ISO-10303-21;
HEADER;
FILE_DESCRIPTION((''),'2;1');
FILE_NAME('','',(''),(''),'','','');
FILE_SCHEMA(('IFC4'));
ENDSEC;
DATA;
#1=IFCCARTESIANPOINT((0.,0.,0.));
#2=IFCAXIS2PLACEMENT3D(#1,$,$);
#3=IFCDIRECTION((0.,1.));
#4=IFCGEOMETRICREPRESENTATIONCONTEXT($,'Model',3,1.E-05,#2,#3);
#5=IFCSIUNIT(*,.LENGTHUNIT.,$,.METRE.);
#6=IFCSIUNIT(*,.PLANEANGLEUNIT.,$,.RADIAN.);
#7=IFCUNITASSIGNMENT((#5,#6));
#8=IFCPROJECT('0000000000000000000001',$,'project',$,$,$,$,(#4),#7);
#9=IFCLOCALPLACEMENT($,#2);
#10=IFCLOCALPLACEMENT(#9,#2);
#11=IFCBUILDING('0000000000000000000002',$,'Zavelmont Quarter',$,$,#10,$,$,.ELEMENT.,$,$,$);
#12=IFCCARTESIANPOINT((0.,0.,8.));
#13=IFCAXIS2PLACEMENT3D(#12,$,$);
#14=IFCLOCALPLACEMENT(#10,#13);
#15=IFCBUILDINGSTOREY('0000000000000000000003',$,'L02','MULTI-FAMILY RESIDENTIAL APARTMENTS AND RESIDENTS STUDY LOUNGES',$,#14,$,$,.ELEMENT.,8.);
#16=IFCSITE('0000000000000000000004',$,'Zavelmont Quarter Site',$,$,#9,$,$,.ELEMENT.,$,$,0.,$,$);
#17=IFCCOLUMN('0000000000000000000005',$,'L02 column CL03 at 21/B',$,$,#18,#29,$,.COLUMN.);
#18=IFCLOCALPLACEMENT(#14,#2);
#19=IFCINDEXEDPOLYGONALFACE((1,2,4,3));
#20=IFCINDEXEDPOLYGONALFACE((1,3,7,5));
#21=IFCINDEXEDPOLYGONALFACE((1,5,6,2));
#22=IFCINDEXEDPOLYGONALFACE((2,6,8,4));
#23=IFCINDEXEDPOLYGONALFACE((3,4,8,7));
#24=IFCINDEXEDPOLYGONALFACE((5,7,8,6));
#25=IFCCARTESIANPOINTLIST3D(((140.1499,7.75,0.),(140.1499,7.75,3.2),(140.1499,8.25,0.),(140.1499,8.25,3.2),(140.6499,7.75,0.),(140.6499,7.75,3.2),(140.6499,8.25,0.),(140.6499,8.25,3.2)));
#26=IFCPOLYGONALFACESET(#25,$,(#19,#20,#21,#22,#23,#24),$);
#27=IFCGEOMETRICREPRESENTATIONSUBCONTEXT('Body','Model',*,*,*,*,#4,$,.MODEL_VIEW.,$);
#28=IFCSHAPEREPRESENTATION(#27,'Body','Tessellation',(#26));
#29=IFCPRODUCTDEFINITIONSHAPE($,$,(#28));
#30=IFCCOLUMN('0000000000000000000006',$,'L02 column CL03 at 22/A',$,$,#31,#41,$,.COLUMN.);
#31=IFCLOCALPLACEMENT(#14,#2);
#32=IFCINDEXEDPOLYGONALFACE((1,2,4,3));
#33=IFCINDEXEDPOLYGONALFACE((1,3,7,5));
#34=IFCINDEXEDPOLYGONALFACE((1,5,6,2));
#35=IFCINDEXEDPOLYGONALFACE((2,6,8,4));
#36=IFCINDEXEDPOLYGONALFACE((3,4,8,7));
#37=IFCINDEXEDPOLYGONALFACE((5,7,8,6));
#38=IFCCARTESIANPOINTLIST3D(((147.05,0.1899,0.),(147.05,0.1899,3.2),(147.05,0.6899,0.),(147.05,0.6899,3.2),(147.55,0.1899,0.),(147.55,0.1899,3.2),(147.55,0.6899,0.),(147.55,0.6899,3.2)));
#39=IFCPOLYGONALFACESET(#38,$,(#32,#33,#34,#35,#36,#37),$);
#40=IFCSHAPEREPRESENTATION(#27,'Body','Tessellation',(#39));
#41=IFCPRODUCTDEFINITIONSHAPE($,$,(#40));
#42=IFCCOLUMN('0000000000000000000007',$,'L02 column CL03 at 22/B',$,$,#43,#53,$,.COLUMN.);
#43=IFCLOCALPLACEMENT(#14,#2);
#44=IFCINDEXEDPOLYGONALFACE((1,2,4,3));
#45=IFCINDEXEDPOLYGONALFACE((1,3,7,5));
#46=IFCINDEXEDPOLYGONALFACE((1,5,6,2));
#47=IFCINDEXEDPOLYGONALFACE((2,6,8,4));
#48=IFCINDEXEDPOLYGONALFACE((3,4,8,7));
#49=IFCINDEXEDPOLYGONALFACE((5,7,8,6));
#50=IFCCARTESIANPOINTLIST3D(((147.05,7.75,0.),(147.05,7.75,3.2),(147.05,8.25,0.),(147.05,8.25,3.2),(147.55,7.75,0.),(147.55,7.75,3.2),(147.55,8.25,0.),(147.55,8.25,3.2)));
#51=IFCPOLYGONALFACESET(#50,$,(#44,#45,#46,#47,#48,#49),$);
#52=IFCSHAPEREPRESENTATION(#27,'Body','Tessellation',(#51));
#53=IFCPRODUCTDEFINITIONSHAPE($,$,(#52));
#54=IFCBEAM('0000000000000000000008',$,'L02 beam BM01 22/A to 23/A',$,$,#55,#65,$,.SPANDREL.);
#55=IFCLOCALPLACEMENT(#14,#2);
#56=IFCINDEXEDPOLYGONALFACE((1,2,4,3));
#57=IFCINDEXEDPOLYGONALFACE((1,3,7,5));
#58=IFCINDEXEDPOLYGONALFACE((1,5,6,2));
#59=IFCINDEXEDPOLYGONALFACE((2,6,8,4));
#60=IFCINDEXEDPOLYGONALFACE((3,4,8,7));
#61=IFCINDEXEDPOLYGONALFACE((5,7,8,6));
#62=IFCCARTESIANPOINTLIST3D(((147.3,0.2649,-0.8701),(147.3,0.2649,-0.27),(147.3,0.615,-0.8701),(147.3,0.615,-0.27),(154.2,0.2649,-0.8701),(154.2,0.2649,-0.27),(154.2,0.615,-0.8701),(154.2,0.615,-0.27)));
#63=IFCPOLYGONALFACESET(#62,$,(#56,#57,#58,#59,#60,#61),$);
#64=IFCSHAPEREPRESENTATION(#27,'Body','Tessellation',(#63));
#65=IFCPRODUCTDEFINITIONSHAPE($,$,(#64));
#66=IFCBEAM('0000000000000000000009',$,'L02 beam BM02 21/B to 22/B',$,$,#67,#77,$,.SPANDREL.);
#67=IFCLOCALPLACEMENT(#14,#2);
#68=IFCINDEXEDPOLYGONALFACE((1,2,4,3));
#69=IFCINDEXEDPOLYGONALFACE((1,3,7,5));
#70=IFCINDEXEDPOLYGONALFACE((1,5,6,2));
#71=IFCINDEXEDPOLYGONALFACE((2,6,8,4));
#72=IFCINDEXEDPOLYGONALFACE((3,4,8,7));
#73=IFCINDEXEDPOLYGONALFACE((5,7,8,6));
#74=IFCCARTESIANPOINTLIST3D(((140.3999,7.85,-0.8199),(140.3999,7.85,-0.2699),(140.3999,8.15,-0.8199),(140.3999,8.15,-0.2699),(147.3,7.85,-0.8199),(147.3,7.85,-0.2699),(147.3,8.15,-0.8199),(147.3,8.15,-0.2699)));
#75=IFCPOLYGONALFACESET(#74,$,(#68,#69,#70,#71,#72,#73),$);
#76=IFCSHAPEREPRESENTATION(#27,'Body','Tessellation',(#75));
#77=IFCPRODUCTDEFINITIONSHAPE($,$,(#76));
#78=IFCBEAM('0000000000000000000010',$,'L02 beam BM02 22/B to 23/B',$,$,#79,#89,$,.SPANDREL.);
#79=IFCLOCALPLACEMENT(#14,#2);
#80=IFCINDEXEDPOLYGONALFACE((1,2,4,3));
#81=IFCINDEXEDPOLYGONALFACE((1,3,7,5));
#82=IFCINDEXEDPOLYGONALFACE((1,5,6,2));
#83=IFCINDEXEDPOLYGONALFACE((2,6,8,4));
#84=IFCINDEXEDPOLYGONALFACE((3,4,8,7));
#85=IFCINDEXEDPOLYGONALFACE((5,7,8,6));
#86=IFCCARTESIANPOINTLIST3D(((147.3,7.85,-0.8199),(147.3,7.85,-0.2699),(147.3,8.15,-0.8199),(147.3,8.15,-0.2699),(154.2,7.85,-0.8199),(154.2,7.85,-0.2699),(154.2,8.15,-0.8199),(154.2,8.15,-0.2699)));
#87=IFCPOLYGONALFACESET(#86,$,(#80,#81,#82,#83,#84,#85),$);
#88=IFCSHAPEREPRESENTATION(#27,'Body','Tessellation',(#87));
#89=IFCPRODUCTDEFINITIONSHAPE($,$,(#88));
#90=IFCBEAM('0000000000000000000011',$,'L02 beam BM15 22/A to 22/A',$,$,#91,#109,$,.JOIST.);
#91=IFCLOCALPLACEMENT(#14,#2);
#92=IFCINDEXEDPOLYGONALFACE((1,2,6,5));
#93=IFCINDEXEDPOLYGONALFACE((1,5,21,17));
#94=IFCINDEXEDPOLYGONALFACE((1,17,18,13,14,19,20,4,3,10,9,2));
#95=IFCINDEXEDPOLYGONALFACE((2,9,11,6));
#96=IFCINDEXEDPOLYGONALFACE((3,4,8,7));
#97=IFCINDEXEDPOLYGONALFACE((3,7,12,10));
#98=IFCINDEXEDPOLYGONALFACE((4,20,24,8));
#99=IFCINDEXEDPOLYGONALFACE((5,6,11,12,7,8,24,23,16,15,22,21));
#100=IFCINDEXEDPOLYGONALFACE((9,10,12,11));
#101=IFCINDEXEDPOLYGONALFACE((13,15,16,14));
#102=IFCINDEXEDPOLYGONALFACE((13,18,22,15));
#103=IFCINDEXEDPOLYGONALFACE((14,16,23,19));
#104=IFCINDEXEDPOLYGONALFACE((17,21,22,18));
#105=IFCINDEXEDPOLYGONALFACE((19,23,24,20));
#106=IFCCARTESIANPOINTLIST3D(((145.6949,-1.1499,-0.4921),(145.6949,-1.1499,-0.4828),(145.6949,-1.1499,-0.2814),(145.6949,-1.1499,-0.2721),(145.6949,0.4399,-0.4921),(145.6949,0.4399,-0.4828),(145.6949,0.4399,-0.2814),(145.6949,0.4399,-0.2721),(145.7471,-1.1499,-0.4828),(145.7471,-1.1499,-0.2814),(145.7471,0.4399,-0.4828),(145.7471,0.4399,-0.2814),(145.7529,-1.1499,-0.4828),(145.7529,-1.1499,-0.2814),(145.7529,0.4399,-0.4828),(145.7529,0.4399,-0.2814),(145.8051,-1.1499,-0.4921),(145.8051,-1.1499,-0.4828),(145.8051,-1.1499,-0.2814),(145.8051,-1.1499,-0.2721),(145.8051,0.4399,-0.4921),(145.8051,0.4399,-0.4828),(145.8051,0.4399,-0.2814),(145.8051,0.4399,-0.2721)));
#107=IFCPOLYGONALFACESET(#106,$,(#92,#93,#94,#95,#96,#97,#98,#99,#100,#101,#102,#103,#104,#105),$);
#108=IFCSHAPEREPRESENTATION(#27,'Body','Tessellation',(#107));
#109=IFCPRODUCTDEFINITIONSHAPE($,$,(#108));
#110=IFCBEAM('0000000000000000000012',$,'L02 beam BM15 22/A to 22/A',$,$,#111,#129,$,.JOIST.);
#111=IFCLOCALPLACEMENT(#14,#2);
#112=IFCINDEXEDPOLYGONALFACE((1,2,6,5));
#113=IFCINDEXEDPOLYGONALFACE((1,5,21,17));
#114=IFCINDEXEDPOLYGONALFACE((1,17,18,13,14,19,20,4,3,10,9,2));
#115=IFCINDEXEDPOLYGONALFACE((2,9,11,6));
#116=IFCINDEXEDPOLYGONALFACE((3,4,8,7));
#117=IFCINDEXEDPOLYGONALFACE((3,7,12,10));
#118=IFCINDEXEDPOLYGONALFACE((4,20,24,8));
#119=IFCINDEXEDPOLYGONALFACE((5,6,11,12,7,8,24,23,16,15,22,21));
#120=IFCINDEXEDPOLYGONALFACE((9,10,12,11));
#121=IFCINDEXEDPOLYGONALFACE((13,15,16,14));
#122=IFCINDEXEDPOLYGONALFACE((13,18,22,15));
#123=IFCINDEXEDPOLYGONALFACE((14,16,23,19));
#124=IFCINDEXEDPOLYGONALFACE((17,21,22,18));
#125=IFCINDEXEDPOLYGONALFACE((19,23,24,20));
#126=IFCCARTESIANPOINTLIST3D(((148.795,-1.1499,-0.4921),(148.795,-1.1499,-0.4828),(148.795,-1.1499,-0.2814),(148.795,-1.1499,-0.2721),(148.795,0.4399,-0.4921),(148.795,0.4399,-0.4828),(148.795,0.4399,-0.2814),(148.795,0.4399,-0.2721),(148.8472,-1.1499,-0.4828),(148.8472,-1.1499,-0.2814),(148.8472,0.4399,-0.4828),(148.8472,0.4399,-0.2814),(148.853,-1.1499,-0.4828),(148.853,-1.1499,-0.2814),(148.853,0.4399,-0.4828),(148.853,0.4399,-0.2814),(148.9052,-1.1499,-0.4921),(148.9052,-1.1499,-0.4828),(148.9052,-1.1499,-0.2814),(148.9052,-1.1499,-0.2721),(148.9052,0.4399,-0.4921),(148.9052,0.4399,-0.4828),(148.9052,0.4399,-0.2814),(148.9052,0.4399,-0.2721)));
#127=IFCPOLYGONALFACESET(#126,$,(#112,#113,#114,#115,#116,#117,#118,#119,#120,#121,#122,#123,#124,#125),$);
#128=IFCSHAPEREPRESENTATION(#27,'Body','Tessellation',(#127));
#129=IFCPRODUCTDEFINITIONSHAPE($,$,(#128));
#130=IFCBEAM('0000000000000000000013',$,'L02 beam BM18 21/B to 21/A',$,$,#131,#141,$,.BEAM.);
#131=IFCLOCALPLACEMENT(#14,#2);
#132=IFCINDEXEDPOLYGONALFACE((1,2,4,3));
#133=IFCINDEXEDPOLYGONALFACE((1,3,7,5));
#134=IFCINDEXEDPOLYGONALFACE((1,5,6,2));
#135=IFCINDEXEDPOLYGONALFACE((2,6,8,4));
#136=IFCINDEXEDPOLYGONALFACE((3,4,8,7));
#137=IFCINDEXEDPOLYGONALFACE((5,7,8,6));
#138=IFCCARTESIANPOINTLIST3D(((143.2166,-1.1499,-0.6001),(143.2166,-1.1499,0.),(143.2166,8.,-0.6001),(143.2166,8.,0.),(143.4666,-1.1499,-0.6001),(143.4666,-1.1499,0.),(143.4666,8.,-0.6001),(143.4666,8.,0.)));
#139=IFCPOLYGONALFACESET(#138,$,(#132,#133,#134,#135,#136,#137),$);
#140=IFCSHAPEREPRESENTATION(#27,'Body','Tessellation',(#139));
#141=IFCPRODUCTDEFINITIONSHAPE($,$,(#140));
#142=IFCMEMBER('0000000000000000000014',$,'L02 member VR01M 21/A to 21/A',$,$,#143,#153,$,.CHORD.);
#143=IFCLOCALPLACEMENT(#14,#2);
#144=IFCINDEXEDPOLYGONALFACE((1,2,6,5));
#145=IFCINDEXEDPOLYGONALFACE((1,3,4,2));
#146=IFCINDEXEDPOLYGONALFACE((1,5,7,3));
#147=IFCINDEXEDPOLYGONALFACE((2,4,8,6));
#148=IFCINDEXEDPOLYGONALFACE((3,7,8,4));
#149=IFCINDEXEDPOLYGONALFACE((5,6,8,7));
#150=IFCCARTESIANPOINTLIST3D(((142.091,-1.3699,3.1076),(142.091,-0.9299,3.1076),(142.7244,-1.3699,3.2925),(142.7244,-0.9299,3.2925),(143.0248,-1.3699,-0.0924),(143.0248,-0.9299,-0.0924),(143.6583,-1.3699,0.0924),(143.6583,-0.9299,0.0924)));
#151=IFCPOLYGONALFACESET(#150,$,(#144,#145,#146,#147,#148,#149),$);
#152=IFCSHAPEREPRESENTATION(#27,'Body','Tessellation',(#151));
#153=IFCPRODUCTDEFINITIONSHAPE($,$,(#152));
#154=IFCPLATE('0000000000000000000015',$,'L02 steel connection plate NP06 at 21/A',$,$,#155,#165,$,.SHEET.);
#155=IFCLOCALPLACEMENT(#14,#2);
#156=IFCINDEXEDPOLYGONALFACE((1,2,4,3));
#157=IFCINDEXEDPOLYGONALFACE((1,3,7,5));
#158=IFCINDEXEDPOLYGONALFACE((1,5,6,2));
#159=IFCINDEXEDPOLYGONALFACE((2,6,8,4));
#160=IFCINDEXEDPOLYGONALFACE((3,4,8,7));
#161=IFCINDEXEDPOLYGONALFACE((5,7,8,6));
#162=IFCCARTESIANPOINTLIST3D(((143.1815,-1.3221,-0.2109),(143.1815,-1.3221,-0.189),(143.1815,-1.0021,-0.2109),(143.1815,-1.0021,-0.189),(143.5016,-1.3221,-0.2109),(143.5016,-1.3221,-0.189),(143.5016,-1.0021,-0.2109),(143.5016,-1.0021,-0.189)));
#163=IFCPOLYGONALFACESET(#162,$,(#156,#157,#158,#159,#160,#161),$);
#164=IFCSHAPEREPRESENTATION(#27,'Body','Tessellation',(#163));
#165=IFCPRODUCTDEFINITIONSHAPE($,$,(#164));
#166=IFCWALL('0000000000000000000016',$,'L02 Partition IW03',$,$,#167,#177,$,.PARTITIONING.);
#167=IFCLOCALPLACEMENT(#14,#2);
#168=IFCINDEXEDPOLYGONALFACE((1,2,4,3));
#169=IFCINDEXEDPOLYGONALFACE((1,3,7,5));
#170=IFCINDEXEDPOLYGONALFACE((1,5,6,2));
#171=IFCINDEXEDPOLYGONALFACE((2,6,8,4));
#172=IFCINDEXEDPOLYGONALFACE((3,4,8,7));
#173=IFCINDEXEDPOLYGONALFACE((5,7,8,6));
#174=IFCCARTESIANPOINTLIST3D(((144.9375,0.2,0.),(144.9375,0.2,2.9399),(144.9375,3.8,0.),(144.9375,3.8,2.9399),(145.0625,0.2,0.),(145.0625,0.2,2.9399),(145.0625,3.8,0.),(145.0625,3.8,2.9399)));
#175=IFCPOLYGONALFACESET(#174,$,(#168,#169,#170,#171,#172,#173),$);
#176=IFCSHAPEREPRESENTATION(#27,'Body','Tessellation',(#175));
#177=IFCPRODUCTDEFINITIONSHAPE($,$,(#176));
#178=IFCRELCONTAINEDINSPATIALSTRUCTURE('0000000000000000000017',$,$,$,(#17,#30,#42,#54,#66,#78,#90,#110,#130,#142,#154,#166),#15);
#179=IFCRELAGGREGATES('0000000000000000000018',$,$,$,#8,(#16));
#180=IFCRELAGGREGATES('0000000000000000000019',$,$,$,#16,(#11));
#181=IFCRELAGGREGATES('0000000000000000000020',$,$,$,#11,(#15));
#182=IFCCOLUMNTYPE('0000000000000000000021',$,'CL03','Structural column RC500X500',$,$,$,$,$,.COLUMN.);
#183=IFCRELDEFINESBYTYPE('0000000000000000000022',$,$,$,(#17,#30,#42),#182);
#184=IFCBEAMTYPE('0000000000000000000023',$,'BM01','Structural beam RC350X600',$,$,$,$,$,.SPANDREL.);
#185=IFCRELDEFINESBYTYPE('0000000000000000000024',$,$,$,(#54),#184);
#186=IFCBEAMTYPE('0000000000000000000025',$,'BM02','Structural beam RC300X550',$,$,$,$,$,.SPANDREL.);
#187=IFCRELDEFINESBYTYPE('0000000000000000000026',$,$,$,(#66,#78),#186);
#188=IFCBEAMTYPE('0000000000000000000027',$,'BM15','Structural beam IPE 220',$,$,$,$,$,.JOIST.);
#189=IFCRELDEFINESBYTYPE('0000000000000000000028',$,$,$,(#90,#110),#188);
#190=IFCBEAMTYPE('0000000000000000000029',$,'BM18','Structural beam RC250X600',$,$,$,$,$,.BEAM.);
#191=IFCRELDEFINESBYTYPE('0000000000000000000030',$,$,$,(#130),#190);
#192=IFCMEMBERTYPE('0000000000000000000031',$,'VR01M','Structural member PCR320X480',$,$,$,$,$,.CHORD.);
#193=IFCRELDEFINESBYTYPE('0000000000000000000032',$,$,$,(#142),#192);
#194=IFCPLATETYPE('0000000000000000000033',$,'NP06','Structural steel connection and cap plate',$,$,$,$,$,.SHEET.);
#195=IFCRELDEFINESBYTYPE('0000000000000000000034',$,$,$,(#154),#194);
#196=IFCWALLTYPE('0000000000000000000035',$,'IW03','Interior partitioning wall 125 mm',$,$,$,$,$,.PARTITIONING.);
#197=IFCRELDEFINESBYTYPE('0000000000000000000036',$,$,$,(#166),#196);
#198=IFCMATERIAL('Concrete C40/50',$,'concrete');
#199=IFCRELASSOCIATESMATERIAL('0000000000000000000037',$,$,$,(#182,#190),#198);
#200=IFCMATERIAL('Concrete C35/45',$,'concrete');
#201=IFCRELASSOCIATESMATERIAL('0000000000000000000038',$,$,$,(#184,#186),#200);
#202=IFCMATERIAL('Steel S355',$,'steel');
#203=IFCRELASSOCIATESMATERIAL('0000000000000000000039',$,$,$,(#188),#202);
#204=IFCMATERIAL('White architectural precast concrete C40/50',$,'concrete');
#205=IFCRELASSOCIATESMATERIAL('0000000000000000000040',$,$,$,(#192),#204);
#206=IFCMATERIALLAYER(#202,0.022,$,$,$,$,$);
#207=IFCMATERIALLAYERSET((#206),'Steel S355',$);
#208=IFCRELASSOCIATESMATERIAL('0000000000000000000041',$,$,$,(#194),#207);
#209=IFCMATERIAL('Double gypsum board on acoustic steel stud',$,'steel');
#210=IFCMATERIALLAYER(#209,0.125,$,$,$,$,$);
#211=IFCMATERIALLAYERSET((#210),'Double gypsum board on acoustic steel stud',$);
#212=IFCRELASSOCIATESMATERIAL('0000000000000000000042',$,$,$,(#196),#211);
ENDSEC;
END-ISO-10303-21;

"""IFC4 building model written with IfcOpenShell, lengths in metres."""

from ifc_helpers import new_model, si_unit, direction, frame, frame_2d, origin, origin_2d, place, context, subcontext, project, spatial, rectangle, i_section, extrude, material, layer, layer_set, material_profile, profile_set, type_object, element, save


model = new_model("IFC4")

# Units and contexts
model_context = context("Model", 3, precision=1e-05, world=origin(), true_north=direction((0.0, 1.0)))
body_context = subcontext(model_context, "Body", "Model", "MODEL_VIEW")
ifc_project = project(units=[si_unit("LENGTHUNIT", "METRE"), si_unit("PLANEANGLEUNIT", "RADIAN")], contexts=[model_context])

# Site, building, storey
site_placement = place(None, origin())
site = spatial("IfcSite", under=ifc_project, at=site_placement, Name="Zavelmont Quarter Site", CompositionType="ELEMENT", RefElevation=0.0)
building_placement = place(site_placement, origin())
building = spatial("IfcBuilding", under=site, at=building_placement, Name="Zavelmont Quarter", CompositionType="ELEMENT")
storey_placement = place(building_placement, frame((0.0, 0.0, 8.0)))
storey = spatial("IfcBuildingStorey", under=building, at=storey_placement, Name="L02", Description="MULTI-FAMILY RESIDENTIAL APARTMENTS AND RESIDENTS STUDY LOUNGES", CompositionType="ELEMENT", Elevation=8.0)

# Columns
ifc_material_1 = material(Name="Concrete C40/50", Category="concrete")
ifc_material_profile_1 = material_profile(ifc_material_1, rectangle(XDim=0.5, YDim=0.5, at=origin_2d()), Name="RC500X500")
ifc_profile_set_1 = profile_set([ifc_material_profile_1], Name="Concrete C40/50")
column_type = type_object("IfcColumnType", Name="CL03", Description="Structural column RC500X500", PredefinedType="COLUMN", material=ifc_profile_set_1)
for number, where, z_axis, x_axis, name in (
    (1, (140.3999, 8.0, 0.0), (0.0, 0.0, 1.0), (1.0, 0.0, 0.0), "L02 column CL03 at 21/B"),
    (2, (147.3, 0.4399, 0.0), (0.0, 0.0, 1.0), (1.0, 0.0, 0.0), "L02 column CL03 at 22/A"),
    (3, (147.3, 8.0, 0.0), (0.0, 0.0, 1.0), (1.0, 0.0, 0.0), "L02 column CL03 at 22/B"),
):
    element("IfcColumn", number, at=place(storey_placement, frame(where, z_axis=z_axis, x_axis=x_axis)), inside=storey, type_object=column_type, Name=name, PredefinedType="COLUMN", context=body_context, shape_type="SweptSolid", body=[
        extrude(rectangle(XDim=0.5, YDim=0.5, at=origin_2d()), origin(), (0.0, 0.0, 1.0), 3.2),
    ])

# Beams
ifc_material_2 = material(Name="Concrete C35/45", Category="concrete")
ifc_material_profile_2 = material_profile(ifc_material_2, rectangle(XDim=0.3501, YDim=0.6001, at=origin_2d()), Name="RC350X600")
ifc_profile_set_2 = profile_set([ifc_material_profile_2], Name="Concrete C35/45")
beam_type_1 = type_object("IfcBeamType", Name="BM01", Description="Structural beam RC350X600", PredefinedType="SPANDREL", material=ifc_profile_set_2)
beam_1_placement = place(storey_placement, frame((147.3, 0.4399, -0.5701), z_axis=(1.0, 0.0, 0.0), x_axis=(0.0, 1.0, 0.0)))
element("IfcBeam", 4, at=beam_1_placement, inside=storey, type_object=beam_type_1, Name="L02 beam BM01 22/A to 23/A", PredefinedType="SPANDREL", context=body_context, shape_type="SweptSolid", body=[
    extrude(rectangle(XDim=0.3501, YDim=0.6001, at=origin_2d()), origin(), (0.0, 0.0, 1.0), 6.8999),
])
ifc_material_profile_3 = material_profile(ifc_material_2, rectangle(XDim=0.3, YDim=0.55, at=origin_2d()), Name="RC300X550")
ifc_profile_set_3 = profile_set([ifc_material_profile_3], Name="Concrete C35/45")
beam_type_2 = type_object("IfcBeamType", Name="BM02", Description="Structural beam RC300X550", PredefinedType="SPANDREL", material=ifc_profile_set_3)
beam_2_placement = place(storey_placement, frame((140.3999, 8.0, -0.5449), z_axis=(1.0, 0.0, 0.0), x_axis=(0.0, 1.0, 0.0)))
element("IfcBeam", 5, at=beam_2_placement, inside=storey, type_object=beam_type_2, Name="L02 beam BM02 21/B to 22/B", PredefinedType="SPANDREL", context=body_context, shape_type="SweptSolid", body=[
    extrude(rectangle(XDim=0.3, YDim=0.55, at=origin_2d()), origin(), (0.0, 0.0, 1.0), 6.9001),
])
beam_3_placement = place(storey_placement, frame((147.3, 8.0, -0.5449), z_axis=(1.0, 0.0, 0.0), x_axis=(0.0, 1.0, 0.0)))
element("IfcBeam", 6, at=beam_3_placement, inside=storey, type_object=beam_type_2, Name="L02 beam BM02 22/B to 23/B", PredefinedType="SPANDREL", context=body_context, shape_type="SweptSolid", body=[
    extrude(rectangle(XDim=0.3, YDim=0.55, at=origin_2d()), origin(), (0.0, 0.0, 1.0), 6.8999),
])
ifc_material_3 = material(Name="Steel S355", Category="steel")
ifc_material_profile_4 = material_profile(ifc_material_3, i_section(OverallWidth=0.1101, OverallDepth=0.22, WebThickness=0.0059, FlangeThickness=0.0093, at=origin_2d()), Name="IPE 220")
ifc_profile_set_4 = profile_set([ifc_material_profile_4], Name="Steel S355")
beam_type_3 = type_object("IfcBeamType", Name="BM15", Description="Structural beam IPE 220", PredefinedType="JOIST", material=ifc_profile_set_4)
for number, where, z_axis, x_axis, name in (
    (7, (145.75, 0.4399, -0.3821), (0.0, -1.0, 0.0), (1.0, 0.0, 0.0), "L02 beam BM15 22/A to 22/A"),
    (8, (148.8501, 0.4399, -0.3821), (0.0, -1.0, 0.0), (1.0, 0.0, 0.0), "L02 beam BM15 22/A to 22/A"),
):
    element("IfcBeam", number, at=place(storey_placement, frame(where, z_axis=z_axis, x_axis=x_axis)), inside=storey, type_object=beam_type_3, Name=name, PredefinedType="JOIST", context=body_context, shape_type="SweptSolid", body=[
        extrude(i_section(OverallWidth=0.1101, OverallDepth=0.22, WebThickness=0.0059, FlangeThickness=0.0093, at=origin_2d()), origin(), (0.0, 0.0, 1.0), 1.5898),
    ])
ifc_material_profile_5 = material_profile(ifc_material_1, rectangle(XDim=0.25, YDim=0.6001, at=origin_2d()), Name="RC250X600")
ifc_profile_set_5 = profile_set([ifc_material_profile_5], Name="Concrete C40/50")
beam_type_4 = type_object("IfcBeamType", Name="BM18", Description="Structural beam RC250X600", PredefinedType="BEAM", material=ifc_profile_set_5)
beam_4_placement = place(storey_placement, frame((143.3416, 8.0, -0.3), z_axis=(0.0, -1.0, 0.0), x_axis=(1.0, 0.0, 0.0)))
element("IfcBeam", 9, at=beam_4_placement, inside=storey, type_object=beam_type_4, Name="L02 beam BM18 21/B to 21/A", PredefinedType="BEAM", context=body_context, shape_type="SweptSolid", body=[
    extrude(rectangle(XDim=0.25, YDim=0.6001, at=origin_2d()), origin(), (0.0, 0.0, 1.0), 9.1499),
])

# Member
ifc_material_4 = material(Name="White architectural precast concrete C40/50", Category="concrete")
ifc_material_profile_6 = material_profile(ifc_material_4, rectangle(XDim=0.4399, YDim=0.6599, at=origin_2d()), Name="PCR320X480")
ifc_profile_set_6 = profile_set([ifc_material_profile_6], Name="White architectural precast concrete C40/50")
member_type = type_object("IfcMemberType", Name="VR01M", Description="Structural member PCR320X480", PredefinedType="CHORD", material=ifc_profile_set_6)
member_placement = place(storey_placement, frame((143.3416, -1.1499, 0.0), z_axis=(-0.280143, 0.0, 0.959958), x_axis=(0.0, -1.0, 0.0)))
element("IfcMember", 10, at=member_placement, inside=storey, type_object=member_type, Name="L02 member VR01M 21/A to 21/A", PredefinedType="CHORD", context=body_context, shape_type="SweptSolid", body=[
    extrude(rectangle(XDim=0.4399, YDim=0.6599, at=origin_2d()), origin(), (0.0, 0.0, 1.0), 3.3335),
])

# Plate
ifc_layer_1 = layer(ifc_material_3, 0.022)
ifc_layer_set_1 = layer_set([ifc_layer_1], Name="Steel S355")
plate_type = type_object("IfcPlateType", Name="NP06", Description="Structural steel connection and cap plate", PredefinedType="SHEET", material=ifc_layer_set_1)
plate_placement = place(storey_placement, frame((143.3416, -1.1621, -0.2109), z_axis=(0.0, 0.0, 1.0), x_axis=(1.0, 0.0, 0.0)))
element("IfcPlate", 11, at=plate_placement, inside=storey, type_object=plate_type, Name="L02 steel connection plate NP06 at 21/A", PredefinedType="SHEET", context=body_context, shape_type="SweptSolid", body=[
    extrude(rectangle(XDim=0.3201, YDim=0.3201, at=origin_2d()), origin(), (0.0, 0.0, 1.0), 0.022),
])

# Wall
ifc_material_5 = material(Name="Double gypsum board on acoustic steel stud", Category="steel")
ifc_layer_2 = layer(ifc_material_5, 0.125)
ifc_layer_set_2 = layer_set([ifc_layer_2], Name="Double gypsum board on acoustic steel stud")
wall_type_1 = type_object("IfcWallType", Name="IW03", Description="Interior partitioning wall 125 mm", PredefinedType="PARTITIONING", material=ifc_layer_set_2)
wall_1_placement = place(storey_placement, frame((145.0, 3.8, 0.0), z_axis=(0.0, 0.0, 1.0), x_axis=(0.0, -1.0, 0.0)))
element("IfcWall", 12, at=wall_1_placement, inside=storey, type_object=wall_type_1, Name="L02 Partition IW03", PredefinedType="PARTITIONING", context=body_context, shape_type="SweptSolid", body=[
    extrude(rectangle(XDim=3.6001, YDim=0.125, at=frame_2d((1.8, 0.0))), origin(), (0.0, 0.0, 1.0), 2.9399),
])

save(model, "model.ifc")
